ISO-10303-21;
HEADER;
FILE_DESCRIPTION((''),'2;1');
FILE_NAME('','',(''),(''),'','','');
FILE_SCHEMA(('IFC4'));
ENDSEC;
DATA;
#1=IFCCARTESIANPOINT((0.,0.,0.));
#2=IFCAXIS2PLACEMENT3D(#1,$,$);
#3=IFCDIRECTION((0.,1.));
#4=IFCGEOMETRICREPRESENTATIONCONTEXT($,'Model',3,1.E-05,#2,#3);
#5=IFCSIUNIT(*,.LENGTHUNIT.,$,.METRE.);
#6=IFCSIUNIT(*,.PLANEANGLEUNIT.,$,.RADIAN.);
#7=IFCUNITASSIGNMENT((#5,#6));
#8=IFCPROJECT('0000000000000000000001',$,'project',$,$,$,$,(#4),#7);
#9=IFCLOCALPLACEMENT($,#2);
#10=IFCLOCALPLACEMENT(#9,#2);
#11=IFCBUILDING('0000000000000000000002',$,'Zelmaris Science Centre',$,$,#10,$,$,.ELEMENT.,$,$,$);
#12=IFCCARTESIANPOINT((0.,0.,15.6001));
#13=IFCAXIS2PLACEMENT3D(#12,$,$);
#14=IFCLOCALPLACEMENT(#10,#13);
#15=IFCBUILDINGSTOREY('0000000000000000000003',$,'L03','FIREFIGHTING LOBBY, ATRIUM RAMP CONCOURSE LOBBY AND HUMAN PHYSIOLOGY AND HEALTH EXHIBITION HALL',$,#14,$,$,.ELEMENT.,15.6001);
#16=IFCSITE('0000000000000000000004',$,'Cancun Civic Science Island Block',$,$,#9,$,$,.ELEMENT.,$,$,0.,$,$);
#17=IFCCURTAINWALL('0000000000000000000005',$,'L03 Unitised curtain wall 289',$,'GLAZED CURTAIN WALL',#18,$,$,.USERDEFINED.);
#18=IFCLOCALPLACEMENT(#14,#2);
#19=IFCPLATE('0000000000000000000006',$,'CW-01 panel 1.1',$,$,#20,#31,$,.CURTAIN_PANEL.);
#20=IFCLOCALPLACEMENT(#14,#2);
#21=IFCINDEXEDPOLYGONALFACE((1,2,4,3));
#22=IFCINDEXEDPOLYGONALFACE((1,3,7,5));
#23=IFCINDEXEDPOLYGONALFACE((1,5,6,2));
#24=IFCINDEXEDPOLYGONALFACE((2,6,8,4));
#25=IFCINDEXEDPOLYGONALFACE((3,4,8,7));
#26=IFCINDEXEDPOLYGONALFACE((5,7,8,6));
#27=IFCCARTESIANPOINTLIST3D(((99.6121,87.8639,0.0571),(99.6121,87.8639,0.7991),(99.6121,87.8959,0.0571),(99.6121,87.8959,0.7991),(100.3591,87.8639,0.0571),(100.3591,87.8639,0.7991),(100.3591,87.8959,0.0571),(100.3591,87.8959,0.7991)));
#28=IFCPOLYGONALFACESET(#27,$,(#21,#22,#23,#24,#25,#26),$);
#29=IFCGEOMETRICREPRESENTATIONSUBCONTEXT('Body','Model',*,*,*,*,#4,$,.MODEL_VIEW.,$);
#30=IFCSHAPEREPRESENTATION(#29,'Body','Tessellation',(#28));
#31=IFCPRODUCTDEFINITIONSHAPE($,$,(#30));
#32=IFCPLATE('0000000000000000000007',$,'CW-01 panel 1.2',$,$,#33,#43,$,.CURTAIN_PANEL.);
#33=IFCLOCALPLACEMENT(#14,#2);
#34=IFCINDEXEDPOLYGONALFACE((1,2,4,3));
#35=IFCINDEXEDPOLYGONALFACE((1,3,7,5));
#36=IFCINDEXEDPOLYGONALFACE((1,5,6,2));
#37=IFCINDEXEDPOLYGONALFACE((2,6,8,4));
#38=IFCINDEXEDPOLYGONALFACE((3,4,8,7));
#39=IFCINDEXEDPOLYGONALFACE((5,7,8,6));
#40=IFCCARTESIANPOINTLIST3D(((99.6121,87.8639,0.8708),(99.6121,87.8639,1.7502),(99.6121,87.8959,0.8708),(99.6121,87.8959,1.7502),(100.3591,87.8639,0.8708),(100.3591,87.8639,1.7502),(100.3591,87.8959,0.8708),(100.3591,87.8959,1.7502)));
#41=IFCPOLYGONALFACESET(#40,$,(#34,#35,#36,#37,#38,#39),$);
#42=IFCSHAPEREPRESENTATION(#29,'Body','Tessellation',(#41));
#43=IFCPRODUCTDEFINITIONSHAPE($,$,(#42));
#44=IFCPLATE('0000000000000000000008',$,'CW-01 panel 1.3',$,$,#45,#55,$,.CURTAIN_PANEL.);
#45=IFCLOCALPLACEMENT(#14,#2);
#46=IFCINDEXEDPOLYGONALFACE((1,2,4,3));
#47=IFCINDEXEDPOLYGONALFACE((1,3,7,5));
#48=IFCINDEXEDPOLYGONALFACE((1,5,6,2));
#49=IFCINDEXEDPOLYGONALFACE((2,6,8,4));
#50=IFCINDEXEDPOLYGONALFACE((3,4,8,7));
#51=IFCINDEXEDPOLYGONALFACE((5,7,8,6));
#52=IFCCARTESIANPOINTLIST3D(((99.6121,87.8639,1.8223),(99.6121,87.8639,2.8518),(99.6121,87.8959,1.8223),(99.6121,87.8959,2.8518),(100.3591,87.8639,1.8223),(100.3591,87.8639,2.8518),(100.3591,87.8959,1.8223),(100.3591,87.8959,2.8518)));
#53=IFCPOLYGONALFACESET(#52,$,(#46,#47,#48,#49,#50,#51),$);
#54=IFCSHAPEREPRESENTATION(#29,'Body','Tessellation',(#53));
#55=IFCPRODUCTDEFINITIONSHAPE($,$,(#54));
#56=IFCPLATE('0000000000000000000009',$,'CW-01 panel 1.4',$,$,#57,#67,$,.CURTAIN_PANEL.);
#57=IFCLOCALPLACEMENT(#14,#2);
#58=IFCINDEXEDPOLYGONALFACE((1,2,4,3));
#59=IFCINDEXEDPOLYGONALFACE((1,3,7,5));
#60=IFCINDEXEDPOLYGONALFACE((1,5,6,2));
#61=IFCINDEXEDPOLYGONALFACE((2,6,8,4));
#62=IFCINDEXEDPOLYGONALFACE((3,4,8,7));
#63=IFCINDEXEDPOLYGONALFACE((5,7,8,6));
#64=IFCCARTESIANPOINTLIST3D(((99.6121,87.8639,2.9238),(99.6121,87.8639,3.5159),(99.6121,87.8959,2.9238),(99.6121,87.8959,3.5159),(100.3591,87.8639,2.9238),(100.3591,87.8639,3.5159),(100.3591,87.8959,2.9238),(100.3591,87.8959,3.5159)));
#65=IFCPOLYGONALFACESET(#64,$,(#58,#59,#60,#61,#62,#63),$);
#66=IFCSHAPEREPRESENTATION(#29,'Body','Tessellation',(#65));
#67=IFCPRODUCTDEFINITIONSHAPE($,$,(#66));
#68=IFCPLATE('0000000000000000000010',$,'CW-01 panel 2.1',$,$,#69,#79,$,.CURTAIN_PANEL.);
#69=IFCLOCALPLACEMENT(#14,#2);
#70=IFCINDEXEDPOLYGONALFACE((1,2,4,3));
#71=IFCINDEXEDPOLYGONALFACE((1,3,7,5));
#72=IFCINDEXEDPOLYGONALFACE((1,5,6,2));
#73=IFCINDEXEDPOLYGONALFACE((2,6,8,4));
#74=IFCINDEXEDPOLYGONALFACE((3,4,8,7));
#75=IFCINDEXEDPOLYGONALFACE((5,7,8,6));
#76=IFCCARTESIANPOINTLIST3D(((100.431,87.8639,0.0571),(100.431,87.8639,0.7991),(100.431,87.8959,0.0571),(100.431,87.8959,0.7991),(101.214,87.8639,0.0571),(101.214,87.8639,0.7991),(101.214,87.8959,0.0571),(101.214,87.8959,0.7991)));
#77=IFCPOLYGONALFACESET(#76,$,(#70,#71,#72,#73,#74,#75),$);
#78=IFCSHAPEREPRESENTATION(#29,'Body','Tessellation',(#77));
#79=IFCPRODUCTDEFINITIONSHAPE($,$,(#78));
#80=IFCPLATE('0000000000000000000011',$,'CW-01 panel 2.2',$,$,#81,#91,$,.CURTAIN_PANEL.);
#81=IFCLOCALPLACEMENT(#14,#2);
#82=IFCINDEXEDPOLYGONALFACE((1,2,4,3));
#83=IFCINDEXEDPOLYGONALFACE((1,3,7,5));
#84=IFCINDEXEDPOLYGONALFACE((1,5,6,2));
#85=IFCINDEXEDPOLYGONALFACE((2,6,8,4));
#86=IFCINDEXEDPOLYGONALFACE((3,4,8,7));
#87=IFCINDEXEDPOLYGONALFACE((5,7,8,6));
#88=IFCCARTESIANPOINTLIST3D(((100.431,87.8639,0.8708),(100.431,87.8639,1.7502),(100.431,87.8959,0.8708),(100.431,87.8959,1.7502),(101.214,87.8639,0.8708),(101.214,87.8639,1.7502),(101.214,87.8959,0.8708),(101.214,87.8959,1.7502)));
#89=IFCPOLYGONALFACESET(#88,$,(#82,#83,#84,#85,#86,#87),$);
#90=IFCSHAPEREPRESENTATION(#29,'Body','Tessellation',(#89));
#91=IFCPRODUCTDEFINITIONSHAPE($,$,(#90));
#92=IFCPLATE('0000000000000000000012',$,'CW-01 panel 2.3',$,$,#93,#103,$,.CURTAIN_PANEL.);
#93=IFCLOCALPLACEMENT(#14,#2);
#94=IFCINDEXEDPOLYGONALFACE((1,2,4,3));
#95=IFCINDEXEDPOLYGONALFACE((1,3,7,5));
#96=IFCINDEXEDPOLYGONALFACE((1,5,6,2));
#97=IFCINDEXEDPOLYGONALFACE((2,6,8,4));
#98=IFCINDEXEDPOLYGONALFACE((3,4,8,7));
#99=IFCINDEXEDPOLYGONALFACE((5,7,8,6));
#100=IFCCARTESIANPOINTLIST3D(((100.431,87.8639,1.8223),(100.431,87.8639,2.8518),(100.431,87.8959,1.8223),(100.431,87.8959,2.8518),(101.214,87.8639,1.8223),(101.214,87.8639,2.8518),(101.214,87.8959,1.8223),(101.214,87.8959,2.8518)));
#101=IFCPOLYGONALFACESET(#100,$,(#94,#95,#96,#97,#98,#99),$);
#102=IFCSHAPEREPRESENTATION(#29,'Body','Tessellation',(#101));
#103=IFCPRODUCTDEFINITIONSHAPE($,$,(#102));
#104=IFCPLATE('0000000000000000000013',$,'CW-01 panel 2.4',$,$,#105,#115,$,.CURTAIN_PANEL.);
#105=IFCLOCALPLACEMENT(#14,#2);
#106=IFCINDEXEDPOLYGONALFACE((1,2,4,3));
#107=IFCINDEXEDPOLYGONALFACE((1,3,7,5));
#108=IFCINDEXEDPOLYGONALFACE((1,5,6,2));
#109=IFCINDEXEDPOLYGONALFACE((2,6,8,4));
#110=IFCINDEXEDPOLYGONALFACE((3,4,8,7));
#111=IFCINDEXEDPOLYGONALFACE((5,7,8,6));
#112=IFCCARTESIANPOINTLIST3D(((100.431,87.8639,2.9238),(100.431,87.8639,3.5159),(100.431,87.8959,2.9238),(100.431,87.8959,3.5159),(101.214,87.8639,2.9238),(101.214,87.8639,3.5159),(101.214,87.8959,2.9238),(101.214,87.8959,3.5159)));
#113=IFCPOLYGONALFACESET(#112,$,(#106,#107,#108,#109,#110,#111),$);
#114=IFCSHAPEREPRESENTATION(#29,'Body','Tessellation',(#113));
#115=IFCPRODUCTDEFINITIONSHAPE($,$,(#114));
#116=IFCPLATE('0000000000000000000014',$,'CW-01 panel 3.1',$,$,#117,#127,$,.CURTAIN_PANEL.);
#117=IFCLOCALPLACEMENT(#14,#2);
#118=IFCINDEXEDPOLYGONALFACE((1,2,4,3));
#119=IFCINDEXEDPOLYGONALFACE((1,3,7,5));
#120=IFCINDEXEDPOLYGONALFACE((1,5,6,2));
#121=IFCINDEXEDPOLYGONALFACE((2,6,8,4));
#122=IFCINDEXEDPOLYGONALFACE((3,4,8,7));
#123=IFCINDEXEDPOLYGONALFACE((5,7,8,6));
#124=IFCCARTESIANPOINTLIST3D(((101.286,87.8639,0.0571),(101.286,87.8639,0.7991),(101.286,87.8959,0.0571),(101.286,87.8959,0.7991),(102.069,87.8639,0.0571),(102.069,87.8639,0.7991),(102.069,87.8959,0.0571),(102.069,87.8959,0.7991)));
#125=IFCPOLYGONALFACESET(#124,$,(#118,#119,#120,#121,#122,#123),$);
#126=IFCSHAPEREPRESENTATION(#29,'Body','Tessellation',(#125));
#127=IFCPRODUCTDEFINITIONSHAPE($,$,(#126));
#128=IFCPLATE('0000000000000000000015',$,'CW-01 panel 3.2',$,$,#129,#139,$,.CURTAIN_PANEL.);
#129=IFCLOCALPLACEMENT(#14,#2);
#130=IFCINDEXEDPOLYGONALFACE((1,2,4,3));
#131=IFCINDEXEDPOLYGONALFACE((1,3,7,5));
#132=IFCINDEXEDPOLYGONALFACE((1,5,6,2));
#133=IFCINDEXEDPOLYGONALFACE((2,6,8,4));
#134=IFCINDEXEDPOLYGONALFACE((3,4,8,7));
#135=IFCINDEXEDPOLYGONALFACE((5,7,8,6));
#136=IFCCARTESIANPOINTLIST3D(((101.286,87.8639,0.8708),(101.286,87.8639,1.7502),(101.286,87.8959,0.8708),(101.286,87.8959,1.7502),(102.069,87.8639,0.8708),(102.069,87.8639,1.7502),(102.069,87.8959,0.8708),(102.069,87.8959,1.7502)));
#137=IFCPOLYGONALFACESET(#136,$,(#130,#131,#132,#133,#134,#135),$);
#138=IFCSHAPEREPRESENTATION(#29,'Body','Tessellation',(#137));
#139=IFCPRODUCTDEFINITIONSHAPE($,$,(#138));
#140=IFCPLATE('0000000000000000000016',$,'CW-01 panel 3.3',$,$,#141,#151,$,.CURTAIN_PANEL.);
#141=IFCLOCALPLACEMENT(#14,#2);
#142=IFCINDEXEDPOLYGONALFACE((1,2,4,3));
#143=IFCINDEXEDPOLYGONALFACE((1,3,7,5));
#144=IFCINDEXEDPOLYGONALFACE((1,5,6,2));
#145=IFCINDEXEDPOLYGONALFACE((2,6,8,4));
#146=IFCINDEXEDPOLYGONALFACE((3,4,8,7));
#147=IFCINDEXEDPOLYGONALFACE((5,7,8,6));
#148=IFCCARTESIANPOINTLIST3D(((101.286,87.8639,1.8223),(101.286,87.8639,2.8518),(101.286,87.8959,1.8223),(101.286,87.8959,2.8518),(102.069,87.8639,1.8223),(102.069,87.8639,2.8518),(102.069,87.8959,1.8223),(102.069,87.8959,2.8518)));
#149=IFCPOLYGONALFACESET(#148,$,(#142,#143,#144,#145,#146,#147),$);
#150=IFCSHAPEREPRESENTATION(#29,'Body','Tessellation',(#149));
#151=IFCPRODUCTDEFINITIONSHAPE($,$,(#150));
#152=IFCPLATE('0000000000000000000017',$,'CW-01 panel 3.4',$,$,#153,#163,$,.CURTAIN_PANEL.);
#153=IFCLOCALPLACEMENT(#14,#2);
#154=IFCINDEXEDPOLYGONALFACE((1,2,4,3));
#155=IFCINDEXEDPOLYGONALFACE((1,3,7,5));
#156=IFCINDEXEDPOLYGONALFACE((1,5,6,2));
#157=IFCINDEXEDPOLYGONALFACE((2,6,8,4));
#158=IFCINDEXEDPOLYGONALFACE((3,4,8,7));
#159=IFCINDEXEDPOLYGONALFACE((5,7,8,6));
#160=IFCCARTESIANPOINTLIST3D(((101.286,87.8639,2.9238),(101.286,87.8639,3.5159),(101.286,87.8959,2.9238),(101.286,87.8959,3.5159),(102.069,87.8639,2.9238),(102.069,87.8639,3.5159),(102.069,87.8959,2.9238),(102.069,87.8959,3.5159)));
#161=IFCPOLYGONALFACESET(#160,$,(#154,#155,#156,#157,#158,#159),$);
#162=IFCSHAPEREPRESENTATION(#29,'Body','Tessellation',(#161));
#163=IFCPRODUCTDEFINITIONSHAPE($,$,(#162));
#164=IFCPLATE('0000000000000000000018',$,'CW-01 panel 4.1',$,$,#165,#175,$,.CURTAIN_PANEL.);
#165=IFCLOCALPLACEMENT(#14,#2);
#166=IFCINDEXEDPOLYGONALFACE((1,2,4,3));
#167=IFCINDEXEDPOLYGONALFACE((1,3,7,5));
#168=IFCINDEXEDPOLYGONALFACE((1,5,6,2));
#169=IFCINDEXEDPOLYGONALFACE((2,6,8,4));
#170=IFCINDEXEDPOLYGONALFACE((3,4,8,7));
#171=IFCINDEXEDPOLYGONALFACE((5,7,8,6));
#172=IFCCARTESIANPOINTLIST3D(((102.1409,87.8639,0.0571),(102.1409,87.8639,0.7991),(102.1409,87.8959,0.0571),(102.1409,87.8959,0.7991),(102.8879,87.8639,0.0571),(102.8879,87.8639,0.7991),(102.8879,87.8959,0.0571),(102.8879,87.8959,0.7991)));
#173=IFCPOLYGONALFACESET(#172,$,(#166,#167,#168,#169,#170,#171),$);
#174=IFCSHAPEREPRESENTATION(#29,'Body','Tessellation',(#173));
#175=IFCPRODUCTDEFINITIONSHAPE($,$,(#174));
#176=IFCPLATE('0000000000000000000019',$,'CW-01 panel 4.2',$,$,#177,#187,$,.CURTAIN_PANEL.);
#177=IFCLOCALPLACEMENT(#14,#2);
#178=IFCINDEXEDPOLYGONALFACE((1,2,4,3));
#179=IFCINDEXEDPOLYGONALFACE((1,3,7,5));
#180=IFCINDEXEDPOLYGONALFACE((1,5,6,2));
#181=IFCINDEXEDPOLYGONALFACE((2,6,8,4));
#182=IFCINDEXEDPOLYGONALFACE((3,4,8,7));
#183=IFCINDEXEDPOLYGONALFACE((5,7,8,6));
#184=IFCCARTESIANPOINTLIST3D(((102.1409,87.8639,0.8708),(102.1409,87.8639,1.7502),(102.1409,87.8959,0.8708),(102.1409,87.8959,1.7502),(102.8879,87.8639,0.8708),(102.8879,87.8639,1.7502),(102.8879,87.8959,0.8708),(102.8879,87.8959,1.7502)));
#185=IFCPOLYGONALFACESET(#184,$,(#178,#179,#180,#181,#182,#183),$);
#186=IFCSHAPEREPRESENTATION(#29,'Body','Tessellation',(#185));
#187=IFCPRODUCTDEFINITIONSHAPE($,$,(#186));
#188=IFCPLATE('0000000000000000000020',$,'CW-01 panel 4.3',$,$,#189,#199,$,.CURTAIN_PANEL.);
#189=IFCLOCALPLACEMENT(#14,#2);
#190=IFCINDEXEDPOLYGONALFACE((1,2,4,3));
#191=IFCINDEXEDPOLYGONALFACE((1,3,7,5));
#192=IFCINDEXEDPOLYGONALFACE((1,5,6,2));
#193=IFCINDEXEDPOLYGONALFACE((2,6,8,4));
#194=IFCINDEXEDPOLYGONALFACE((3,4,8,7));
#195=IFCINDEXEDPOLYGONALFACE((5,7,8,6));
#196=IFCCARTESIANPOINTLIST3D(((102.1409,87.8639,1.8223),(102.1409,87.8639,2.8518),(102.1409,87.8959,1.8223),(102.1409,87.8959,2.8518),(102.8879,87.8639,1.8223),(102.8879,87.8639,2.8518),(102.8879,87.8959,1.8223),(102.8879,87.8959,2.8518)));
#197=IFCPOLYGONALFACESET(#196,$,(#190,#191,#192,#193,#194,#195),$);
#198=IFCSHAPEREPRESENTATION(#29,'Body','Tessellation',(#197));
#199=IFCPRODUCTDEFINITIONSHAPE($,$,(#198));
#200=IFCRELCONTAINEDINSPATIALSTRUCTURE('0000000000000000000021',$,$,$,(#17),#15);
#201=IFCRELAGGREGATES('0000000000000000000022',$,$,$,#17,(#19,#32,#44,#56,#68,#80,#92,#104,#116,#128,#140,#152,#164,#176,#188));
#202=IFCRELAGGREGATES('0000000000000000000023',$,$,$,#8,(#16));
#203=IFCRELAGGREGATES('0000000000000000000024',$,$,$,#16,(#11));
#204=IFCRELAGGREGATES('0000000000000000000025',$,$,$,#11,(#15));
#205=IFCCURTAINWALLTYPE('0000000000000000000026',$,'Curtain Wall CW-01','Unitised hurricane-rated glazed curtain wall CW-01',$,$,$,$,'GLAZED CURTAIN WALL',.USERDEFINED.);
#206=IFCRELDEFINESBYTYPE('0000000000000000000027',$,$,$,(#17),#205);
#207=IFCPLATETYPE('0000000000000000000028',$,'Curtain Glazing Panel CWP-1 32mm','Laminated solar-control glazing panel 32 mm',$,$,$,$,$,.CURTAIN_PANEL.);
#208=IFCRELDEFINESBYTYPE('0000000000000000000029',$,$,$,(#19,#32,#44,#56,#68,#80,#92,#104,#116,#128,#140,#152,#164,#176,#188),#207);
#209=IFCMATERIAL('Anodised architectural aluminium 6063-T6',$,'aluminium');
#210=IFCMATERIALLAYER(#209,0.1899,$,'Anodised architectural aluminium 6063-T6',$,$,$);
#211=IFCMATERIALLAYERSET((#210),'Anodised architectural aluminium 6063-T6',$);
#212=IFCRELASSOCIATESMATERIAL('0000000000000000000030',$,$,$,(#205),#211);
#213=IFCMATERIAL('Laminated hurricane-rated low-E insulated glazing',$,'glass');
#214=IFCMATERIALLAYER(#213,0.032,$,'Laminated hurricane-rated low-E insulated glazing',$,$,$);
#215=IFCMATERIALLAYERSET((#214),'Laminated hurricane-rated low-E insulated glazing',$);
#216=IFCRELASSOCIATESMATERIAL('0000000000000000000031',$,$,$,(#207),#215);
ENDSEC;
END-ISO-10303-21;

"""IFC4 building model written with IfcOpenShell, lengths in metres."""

from ifc_helpers import new_model, si_unit, direction, frame, origin, origin_2d, place, context, subcontext, project, spatial, rectangle, extrude, material, layer, layer_set, type_object, element, aggregate, save


model = new_model("IFC4")

# Units and contexts
model_context = context("Model", 3, precision=1e-05, world=origin(), true_north=direction((0.0, 1.0)))
body_context = subcontext(model_context, "Body", "Model", "MODEL_VIEW")
ifc_project = project(units=[si_unit("LENGTHUNIT", "METRE"), si_unit("PLANEANGLEUNIT", "RADIAN")], contexts=[model_context])

# Site, building, storey
site_placement = place(None, origin())
site = spatial("IfcSite", under=ifc_project, at=site_placement, Name="Cancun Civic Science Island Block", CompositionType="ELEMENT", RefElevation=0.0)
building_placement = place(site_placement, origin())
building = spatial("IfcBuilding", under=site, at=building_placement, Name="Zelmaris Science Centre", CompositionType="ELEMENT")
storey_placement = place(building_placement, frame((0.0, 0.0, 15.6001)))
storey = spatial("IfcBuildingStorey", under=building, at=storey_placement, Name="L03", Description="FIREFIGHTING LOBBY, ATRIUM RAMP CONCOURSE LOBBY AND HUMAN PHYSIOLOGY AND HEALTH EXHIBITION HALL", CompositionType="ELEMENT", Elevation=15.6001)

# Curtain wall, plates
ifc_material_1 = material(Name="Anodised architectural aluminium 6063-T6", Category="aluminium")
ifc_layer_1 = layer(ifc_material_1, 0.1899, Name="Anodised architectural aluminium 6063-T6")
ifc_layer_set_1 = layer_set([ifc_layer_1], Name="Anodised architectural aluminium 6063-T6")
curtain_wall_type = type_object("IfcCurtainWallType", Name="Curtain Wall CW-01", Description="Unitised hurricane-rated glazed curtain wall CW-01", ElementType="GLAZED CURTAIN WALL", PredefinedType="USERDEFINED", material=ifc_layer_set_1)
curtain_wall_placement = place(storey_placement, origin())
curtain_wall = element("IfcCurtainWall", 1, at=curtain_wall_placement, inside=storey, type_object=curtain_wall_type, Name="L03 Unitised curtain wall 289", ObjectType="GLAZED CURTAIN WALL", PredefinedType="USERDEFINED")
ifc_material_2 = material(Name="Laminated hurricane-rated low-E insulated glazing", Category="glass")
ifc_layer_2 = layer(ifc_material_2, 0.032, Name="Laminated hurricane-rated low-E insulated glazing")
ifc_layer_set_2 = layer_set([ifc_layer_2], Name="Laminated hurricane-rated low-E insulated glazing")
plate_type = type_object("IfcPlateType", Name="Curtain Glazing Panel CWP-1 32mm", Description="Laminated solar-control glazing panel 32 mm", PredefinedType="CURTAIN_PANEL", material=ifc_layer_set_2)
plate_1_placement = place(storey_placement, frame((99.9856, 87.8799, 0.0571), z_axis=(0.0, 0.0, 1.0), x_axis=(1.0, 0.0, 0.0)))
plate_1 = element("IfcPlate", 2, at=plate_1_placement, type_object=plate_type, Name="CW-01 panel 1.1", PredefinedType="CURTAIN_PANEL", context=body_context, shape_type="SweptSolid", body=[
    extrude(rectangle(XDim=0.7471, YDim=0.032, at=origin_2d()), origin(), (0.0, 0.0, 1.0), 0.7419),
])
plate_2_placement = place(storey_placement, frame((99.9856, 87.8799, 0.8708), z_axis=(0.0, 0.0, 1.0), x_axis=(1.0, 0.0, 0.0)))
plate_2 = element("IfcPlate", 3, at=plate_2_placement, type_object=plate_type, Name="CW-01 panel 1.2", PredefinedType="CURTAIN_PANEL", context=body_context, shape_type="SweptSolid", body=[
    extrude(rectangle(XDim=0.7471, YDim=0.032, at=origin_2d()), origin(), (0.0, 0.0, 1.0), 0.8794),
])
plate_3_placement = place(storey_placement, frame((99.9856, 87.8799, 1.8223), z_axis=(0.0, 0.0, 1.0), x_axis=(1.0, 0.0, 0.0)))
plate_3 = element("IfcPlate", 4, at=plate_3_placement, type_object=plate_type, Name="CW-01 panel 1.3", PredefinedType="CURTAIN_PANEL", context=body_context, shape_type="SweptSolid", body=[
    extrude(rectangle(XDim=0.7471, YDim=0.032, at=origin_2d()), origin(), (0.0, 0.0, 1.0), 1.0295),
])
plate_4_placement = place(storey_placement, frame((99.9856, 87.8799, 2.9238), z_axis=(0.0, 0.0, 1.0), x_axis=(1.0, 0.0, 0.0)))
plate_4 = element("IfcPlate", 5, at=plate_4_placement, type_object=plate_type, Name="CW-01 panel 1.4", PredefinedType="CURTAIN_PANEL", context=body_context, shape_type="SweptSolid", body=[
    extrude(rectangle(XDim=0.7471, YDim=0.032, at=origin_2d()), origin(), (0.0, 0.0, 1.0), 0.592),
])
plate_5_placement = place(storey_placement, frame((100.8225, 87.8799, 0.0571), z_axis=(0.0, 0.0, 1.0), x_axis=(1.0, 0.0, 0.0)))
plate_5 = element("IfcPlate", 6, at=plate_5_placement, type_object=plate_type, Name="CW-01 panel 2.1", PredefinedType="CURTAIN_PANEL", context=body_context, shape_type="SweptSolid", body=[
    extrude(rectangle(XDim=0.783, YDim=0.032, at=origin_2d()), origin(), (0.0, 0.0, 1.0), 0.7419),
])
plate_6_placement = place(storey_placement, frame((100.8225, 87.8799, 0.8708), z_axis=(0.0, 0.0, 1.0), x_axis=(1.0, 0.0, 0.0)))
plate_6 = element("IfcPlate", 7, at=plate_6_placement, type_object=plate_type, Name="CW-01 panel 2.2", PredefinedType="CURTAIN_PANEL", context=body_context, shape_type="SweptSolid", body=[
    extrude(rectangle(XDim=0.783, YDim=0.032, at=origin_2d()), origin(), (0.0, 0.0, 1.0), 0.8794),
])
plate_7_placement = place(storey_placement, frame((100.8225, 87.8799, 1.8223), z_axis=(0.0, 0.0, 1.0), x_axis=(1.0, 0.0, 0.0)))
plate_7 = element("IfcPlate", 8, at=plate_7_placement, type_object=plate_type, Name="CW-01 panel 2.3", PredefinedType="CURTAIN_PANEL", context=body_context, shape_type="SweptSolid", body=[
    extrude(rectangle(XDim=0.783, YDim=0.032, at=origin_2d()), origin(), (0.0, 0.0, 1.0), 1.0295),
])
plate_8_placement = place(storey_placement, frame((100.8225, 87.8799, 2.9238), z_axis=(0.0, 0.0, 1.0), x_axis=(1.0, 0.0, 0.0)))
plate_8 = element("IfcPlate", 9, at=plate_8_placement, type_object=plate_type, Name="CW-01 panel 2.4", PredefinedType="CURTAIN_PANEL", context=body_context, shape_type="SweptSolid", body=[
    extrude(rectangle(XDim=0.783, YDim=0.032, at=origin_2d()), origin(), (0.0, 0.0, 1.0), 0.592),
])
plate_9_placement = place(storey_placement, frame((101.6775, 87.8799, 0.0571), z_axis=(0.0, 0.0, 1.0), x_axis=(1.0, 0.0, 0.0)))
plate_9 = element("IfcPlate", 10, at=plate_9_placement, type_object=plate_type, Name="CW-01 panel 3.1", PredefinedType="CURTAIN_PANEL", context=body_context, shape_type="SweptSolid", body=[
    extrude(rectangle(XDim=0.783, YDim=0.032, at=origin_2d()), origin(), (0.0, 0.0, 1.0), 0.7419),
])
plate_10_placement = place(storey_placement, frame((101.6775, 87.8799, 0.8708), z_axis=(0.0, 0.0, 1.0), x_axis=(1.0, 0.0, 0.0)))
plate_10 = element("IfcPlate", 11, at=plate_10_placement, type_object=plate_type, Name="CW-01 panel 3.2", PredefinedType="CURTAIN_PANEL", context=body_context, shape_type="SweptSolid", body=[
    extrude(rectangle(XDim=0.783, YDim=0.032, at=origin_2d()), origin(), (0.0, 0.0, 1.0), 0.8794),
])
plate_11_placement = place(storey_placement, frame((101.6775, 87.8799, 1.8223), z_axis=(0.0, 0.0, 1.0), x_axis=(1.0, 0.0, 0.0)))
plate_11 = element("IfcPlate", 12, at=plate_11_placement, type_object=plate_type, Name="CW-01 panel 3.3", PredefinedType="CURTAIN_PANEL", context=body_context, shape_type="SweptSolid", body=[
    extrude(rectangle(XDim=0.783, YDim=0.032, at=origin_2d()), origin(), (0.0, 0.0, 1.0), 1.0295),
])
plate_12_placement = place(storey_placement, frame((101.6775, 87.8799, 2.9238), z_axis=(0.0, 0.0, 1.0), x_axis=(1.0, 0.0, 0.0)))
plate_12 = element("IfcPlate", 13, at=plate_12_placement, type_object=plate_type, Name="CW-01 panel 3.4", PredefinedType="CURTAIN_PANEL", context=body_context, shape_type="SweptSolid", body=[
    extrude(rectangle(XDim=0.783, YDim=0.032, at=origin_2d()), origin(), (0.0, 0.0, 1.0), 0.592),
])
plate_13_placement = place(storey_placement, frame((102.5144, 87.8799, 0.0571), z_axis=(0.0, 0.0, 1.0), x_axis=(1.0, 0.0, 0.0)))
plate_13 = element("IfcPlate", 14, at=plate_13_placement, type_object=plate_type, Name="CW-01 panel 4.1", PredefinedType="CURTAIN_PANEL", context=body_context, shape_type="SweptSolid", body=[
    extrude(rectangle(XDim=0.7471, YDim=0.032, at=origin_2d()), origin(), (0.0, 0.0, 1.0), 0.7419),
])
plate_14_placement = place(storey_placement, frame((102.5144, 87.8799, 0.8708), z_axis=(0.0, 0.0, 1.0), x_axis=(1.0, 0.0, 0.0)))
plate_14 = element("IfcPlate", 15, at=plate_14_placement, type_object=plate_type, Name="CW-01 panel 4.2", PredefinedType="CURTAIN_PANEL", context=body_context, shape_type="SweptSolid", body=[
    extrude(rectangle(XDim=0.7471, YDim=0.032, at=origin_2d()), origin(), (0.0, 0.0, 1.0), 0.8794),
])
plate_15_placement = place(storey_placement, frame((102.5144, 87.8799, 1.8223), z_axis=(0.0, 0.0, 1.0), x_axis=(1.0, 0.0, 0.0)))
plate_15 = element("IfcPlate", 16, at=plate_15_placement, type_object=plate_type, Name="CW-01 panel 4.3", PredefinedType="CURTAIN_PANEL", context=body_context, shape_type="SweptSolid", body=[
    extrude(rectangle(XDim=0.7471, YDim=0.032, at=origin_2d()), origin(), (0.0, 0.0, 1.0), 1.0295),
])
aggregate(curtain_wall, [plate_1, plate_2, plate_3, plate_4, plate_5, plate_6, plate_7, plate_8, plate_9, plate_10, plate_11, plate_12, plate_13, plate_14, plate_15])

save(model, "model.ifc")
